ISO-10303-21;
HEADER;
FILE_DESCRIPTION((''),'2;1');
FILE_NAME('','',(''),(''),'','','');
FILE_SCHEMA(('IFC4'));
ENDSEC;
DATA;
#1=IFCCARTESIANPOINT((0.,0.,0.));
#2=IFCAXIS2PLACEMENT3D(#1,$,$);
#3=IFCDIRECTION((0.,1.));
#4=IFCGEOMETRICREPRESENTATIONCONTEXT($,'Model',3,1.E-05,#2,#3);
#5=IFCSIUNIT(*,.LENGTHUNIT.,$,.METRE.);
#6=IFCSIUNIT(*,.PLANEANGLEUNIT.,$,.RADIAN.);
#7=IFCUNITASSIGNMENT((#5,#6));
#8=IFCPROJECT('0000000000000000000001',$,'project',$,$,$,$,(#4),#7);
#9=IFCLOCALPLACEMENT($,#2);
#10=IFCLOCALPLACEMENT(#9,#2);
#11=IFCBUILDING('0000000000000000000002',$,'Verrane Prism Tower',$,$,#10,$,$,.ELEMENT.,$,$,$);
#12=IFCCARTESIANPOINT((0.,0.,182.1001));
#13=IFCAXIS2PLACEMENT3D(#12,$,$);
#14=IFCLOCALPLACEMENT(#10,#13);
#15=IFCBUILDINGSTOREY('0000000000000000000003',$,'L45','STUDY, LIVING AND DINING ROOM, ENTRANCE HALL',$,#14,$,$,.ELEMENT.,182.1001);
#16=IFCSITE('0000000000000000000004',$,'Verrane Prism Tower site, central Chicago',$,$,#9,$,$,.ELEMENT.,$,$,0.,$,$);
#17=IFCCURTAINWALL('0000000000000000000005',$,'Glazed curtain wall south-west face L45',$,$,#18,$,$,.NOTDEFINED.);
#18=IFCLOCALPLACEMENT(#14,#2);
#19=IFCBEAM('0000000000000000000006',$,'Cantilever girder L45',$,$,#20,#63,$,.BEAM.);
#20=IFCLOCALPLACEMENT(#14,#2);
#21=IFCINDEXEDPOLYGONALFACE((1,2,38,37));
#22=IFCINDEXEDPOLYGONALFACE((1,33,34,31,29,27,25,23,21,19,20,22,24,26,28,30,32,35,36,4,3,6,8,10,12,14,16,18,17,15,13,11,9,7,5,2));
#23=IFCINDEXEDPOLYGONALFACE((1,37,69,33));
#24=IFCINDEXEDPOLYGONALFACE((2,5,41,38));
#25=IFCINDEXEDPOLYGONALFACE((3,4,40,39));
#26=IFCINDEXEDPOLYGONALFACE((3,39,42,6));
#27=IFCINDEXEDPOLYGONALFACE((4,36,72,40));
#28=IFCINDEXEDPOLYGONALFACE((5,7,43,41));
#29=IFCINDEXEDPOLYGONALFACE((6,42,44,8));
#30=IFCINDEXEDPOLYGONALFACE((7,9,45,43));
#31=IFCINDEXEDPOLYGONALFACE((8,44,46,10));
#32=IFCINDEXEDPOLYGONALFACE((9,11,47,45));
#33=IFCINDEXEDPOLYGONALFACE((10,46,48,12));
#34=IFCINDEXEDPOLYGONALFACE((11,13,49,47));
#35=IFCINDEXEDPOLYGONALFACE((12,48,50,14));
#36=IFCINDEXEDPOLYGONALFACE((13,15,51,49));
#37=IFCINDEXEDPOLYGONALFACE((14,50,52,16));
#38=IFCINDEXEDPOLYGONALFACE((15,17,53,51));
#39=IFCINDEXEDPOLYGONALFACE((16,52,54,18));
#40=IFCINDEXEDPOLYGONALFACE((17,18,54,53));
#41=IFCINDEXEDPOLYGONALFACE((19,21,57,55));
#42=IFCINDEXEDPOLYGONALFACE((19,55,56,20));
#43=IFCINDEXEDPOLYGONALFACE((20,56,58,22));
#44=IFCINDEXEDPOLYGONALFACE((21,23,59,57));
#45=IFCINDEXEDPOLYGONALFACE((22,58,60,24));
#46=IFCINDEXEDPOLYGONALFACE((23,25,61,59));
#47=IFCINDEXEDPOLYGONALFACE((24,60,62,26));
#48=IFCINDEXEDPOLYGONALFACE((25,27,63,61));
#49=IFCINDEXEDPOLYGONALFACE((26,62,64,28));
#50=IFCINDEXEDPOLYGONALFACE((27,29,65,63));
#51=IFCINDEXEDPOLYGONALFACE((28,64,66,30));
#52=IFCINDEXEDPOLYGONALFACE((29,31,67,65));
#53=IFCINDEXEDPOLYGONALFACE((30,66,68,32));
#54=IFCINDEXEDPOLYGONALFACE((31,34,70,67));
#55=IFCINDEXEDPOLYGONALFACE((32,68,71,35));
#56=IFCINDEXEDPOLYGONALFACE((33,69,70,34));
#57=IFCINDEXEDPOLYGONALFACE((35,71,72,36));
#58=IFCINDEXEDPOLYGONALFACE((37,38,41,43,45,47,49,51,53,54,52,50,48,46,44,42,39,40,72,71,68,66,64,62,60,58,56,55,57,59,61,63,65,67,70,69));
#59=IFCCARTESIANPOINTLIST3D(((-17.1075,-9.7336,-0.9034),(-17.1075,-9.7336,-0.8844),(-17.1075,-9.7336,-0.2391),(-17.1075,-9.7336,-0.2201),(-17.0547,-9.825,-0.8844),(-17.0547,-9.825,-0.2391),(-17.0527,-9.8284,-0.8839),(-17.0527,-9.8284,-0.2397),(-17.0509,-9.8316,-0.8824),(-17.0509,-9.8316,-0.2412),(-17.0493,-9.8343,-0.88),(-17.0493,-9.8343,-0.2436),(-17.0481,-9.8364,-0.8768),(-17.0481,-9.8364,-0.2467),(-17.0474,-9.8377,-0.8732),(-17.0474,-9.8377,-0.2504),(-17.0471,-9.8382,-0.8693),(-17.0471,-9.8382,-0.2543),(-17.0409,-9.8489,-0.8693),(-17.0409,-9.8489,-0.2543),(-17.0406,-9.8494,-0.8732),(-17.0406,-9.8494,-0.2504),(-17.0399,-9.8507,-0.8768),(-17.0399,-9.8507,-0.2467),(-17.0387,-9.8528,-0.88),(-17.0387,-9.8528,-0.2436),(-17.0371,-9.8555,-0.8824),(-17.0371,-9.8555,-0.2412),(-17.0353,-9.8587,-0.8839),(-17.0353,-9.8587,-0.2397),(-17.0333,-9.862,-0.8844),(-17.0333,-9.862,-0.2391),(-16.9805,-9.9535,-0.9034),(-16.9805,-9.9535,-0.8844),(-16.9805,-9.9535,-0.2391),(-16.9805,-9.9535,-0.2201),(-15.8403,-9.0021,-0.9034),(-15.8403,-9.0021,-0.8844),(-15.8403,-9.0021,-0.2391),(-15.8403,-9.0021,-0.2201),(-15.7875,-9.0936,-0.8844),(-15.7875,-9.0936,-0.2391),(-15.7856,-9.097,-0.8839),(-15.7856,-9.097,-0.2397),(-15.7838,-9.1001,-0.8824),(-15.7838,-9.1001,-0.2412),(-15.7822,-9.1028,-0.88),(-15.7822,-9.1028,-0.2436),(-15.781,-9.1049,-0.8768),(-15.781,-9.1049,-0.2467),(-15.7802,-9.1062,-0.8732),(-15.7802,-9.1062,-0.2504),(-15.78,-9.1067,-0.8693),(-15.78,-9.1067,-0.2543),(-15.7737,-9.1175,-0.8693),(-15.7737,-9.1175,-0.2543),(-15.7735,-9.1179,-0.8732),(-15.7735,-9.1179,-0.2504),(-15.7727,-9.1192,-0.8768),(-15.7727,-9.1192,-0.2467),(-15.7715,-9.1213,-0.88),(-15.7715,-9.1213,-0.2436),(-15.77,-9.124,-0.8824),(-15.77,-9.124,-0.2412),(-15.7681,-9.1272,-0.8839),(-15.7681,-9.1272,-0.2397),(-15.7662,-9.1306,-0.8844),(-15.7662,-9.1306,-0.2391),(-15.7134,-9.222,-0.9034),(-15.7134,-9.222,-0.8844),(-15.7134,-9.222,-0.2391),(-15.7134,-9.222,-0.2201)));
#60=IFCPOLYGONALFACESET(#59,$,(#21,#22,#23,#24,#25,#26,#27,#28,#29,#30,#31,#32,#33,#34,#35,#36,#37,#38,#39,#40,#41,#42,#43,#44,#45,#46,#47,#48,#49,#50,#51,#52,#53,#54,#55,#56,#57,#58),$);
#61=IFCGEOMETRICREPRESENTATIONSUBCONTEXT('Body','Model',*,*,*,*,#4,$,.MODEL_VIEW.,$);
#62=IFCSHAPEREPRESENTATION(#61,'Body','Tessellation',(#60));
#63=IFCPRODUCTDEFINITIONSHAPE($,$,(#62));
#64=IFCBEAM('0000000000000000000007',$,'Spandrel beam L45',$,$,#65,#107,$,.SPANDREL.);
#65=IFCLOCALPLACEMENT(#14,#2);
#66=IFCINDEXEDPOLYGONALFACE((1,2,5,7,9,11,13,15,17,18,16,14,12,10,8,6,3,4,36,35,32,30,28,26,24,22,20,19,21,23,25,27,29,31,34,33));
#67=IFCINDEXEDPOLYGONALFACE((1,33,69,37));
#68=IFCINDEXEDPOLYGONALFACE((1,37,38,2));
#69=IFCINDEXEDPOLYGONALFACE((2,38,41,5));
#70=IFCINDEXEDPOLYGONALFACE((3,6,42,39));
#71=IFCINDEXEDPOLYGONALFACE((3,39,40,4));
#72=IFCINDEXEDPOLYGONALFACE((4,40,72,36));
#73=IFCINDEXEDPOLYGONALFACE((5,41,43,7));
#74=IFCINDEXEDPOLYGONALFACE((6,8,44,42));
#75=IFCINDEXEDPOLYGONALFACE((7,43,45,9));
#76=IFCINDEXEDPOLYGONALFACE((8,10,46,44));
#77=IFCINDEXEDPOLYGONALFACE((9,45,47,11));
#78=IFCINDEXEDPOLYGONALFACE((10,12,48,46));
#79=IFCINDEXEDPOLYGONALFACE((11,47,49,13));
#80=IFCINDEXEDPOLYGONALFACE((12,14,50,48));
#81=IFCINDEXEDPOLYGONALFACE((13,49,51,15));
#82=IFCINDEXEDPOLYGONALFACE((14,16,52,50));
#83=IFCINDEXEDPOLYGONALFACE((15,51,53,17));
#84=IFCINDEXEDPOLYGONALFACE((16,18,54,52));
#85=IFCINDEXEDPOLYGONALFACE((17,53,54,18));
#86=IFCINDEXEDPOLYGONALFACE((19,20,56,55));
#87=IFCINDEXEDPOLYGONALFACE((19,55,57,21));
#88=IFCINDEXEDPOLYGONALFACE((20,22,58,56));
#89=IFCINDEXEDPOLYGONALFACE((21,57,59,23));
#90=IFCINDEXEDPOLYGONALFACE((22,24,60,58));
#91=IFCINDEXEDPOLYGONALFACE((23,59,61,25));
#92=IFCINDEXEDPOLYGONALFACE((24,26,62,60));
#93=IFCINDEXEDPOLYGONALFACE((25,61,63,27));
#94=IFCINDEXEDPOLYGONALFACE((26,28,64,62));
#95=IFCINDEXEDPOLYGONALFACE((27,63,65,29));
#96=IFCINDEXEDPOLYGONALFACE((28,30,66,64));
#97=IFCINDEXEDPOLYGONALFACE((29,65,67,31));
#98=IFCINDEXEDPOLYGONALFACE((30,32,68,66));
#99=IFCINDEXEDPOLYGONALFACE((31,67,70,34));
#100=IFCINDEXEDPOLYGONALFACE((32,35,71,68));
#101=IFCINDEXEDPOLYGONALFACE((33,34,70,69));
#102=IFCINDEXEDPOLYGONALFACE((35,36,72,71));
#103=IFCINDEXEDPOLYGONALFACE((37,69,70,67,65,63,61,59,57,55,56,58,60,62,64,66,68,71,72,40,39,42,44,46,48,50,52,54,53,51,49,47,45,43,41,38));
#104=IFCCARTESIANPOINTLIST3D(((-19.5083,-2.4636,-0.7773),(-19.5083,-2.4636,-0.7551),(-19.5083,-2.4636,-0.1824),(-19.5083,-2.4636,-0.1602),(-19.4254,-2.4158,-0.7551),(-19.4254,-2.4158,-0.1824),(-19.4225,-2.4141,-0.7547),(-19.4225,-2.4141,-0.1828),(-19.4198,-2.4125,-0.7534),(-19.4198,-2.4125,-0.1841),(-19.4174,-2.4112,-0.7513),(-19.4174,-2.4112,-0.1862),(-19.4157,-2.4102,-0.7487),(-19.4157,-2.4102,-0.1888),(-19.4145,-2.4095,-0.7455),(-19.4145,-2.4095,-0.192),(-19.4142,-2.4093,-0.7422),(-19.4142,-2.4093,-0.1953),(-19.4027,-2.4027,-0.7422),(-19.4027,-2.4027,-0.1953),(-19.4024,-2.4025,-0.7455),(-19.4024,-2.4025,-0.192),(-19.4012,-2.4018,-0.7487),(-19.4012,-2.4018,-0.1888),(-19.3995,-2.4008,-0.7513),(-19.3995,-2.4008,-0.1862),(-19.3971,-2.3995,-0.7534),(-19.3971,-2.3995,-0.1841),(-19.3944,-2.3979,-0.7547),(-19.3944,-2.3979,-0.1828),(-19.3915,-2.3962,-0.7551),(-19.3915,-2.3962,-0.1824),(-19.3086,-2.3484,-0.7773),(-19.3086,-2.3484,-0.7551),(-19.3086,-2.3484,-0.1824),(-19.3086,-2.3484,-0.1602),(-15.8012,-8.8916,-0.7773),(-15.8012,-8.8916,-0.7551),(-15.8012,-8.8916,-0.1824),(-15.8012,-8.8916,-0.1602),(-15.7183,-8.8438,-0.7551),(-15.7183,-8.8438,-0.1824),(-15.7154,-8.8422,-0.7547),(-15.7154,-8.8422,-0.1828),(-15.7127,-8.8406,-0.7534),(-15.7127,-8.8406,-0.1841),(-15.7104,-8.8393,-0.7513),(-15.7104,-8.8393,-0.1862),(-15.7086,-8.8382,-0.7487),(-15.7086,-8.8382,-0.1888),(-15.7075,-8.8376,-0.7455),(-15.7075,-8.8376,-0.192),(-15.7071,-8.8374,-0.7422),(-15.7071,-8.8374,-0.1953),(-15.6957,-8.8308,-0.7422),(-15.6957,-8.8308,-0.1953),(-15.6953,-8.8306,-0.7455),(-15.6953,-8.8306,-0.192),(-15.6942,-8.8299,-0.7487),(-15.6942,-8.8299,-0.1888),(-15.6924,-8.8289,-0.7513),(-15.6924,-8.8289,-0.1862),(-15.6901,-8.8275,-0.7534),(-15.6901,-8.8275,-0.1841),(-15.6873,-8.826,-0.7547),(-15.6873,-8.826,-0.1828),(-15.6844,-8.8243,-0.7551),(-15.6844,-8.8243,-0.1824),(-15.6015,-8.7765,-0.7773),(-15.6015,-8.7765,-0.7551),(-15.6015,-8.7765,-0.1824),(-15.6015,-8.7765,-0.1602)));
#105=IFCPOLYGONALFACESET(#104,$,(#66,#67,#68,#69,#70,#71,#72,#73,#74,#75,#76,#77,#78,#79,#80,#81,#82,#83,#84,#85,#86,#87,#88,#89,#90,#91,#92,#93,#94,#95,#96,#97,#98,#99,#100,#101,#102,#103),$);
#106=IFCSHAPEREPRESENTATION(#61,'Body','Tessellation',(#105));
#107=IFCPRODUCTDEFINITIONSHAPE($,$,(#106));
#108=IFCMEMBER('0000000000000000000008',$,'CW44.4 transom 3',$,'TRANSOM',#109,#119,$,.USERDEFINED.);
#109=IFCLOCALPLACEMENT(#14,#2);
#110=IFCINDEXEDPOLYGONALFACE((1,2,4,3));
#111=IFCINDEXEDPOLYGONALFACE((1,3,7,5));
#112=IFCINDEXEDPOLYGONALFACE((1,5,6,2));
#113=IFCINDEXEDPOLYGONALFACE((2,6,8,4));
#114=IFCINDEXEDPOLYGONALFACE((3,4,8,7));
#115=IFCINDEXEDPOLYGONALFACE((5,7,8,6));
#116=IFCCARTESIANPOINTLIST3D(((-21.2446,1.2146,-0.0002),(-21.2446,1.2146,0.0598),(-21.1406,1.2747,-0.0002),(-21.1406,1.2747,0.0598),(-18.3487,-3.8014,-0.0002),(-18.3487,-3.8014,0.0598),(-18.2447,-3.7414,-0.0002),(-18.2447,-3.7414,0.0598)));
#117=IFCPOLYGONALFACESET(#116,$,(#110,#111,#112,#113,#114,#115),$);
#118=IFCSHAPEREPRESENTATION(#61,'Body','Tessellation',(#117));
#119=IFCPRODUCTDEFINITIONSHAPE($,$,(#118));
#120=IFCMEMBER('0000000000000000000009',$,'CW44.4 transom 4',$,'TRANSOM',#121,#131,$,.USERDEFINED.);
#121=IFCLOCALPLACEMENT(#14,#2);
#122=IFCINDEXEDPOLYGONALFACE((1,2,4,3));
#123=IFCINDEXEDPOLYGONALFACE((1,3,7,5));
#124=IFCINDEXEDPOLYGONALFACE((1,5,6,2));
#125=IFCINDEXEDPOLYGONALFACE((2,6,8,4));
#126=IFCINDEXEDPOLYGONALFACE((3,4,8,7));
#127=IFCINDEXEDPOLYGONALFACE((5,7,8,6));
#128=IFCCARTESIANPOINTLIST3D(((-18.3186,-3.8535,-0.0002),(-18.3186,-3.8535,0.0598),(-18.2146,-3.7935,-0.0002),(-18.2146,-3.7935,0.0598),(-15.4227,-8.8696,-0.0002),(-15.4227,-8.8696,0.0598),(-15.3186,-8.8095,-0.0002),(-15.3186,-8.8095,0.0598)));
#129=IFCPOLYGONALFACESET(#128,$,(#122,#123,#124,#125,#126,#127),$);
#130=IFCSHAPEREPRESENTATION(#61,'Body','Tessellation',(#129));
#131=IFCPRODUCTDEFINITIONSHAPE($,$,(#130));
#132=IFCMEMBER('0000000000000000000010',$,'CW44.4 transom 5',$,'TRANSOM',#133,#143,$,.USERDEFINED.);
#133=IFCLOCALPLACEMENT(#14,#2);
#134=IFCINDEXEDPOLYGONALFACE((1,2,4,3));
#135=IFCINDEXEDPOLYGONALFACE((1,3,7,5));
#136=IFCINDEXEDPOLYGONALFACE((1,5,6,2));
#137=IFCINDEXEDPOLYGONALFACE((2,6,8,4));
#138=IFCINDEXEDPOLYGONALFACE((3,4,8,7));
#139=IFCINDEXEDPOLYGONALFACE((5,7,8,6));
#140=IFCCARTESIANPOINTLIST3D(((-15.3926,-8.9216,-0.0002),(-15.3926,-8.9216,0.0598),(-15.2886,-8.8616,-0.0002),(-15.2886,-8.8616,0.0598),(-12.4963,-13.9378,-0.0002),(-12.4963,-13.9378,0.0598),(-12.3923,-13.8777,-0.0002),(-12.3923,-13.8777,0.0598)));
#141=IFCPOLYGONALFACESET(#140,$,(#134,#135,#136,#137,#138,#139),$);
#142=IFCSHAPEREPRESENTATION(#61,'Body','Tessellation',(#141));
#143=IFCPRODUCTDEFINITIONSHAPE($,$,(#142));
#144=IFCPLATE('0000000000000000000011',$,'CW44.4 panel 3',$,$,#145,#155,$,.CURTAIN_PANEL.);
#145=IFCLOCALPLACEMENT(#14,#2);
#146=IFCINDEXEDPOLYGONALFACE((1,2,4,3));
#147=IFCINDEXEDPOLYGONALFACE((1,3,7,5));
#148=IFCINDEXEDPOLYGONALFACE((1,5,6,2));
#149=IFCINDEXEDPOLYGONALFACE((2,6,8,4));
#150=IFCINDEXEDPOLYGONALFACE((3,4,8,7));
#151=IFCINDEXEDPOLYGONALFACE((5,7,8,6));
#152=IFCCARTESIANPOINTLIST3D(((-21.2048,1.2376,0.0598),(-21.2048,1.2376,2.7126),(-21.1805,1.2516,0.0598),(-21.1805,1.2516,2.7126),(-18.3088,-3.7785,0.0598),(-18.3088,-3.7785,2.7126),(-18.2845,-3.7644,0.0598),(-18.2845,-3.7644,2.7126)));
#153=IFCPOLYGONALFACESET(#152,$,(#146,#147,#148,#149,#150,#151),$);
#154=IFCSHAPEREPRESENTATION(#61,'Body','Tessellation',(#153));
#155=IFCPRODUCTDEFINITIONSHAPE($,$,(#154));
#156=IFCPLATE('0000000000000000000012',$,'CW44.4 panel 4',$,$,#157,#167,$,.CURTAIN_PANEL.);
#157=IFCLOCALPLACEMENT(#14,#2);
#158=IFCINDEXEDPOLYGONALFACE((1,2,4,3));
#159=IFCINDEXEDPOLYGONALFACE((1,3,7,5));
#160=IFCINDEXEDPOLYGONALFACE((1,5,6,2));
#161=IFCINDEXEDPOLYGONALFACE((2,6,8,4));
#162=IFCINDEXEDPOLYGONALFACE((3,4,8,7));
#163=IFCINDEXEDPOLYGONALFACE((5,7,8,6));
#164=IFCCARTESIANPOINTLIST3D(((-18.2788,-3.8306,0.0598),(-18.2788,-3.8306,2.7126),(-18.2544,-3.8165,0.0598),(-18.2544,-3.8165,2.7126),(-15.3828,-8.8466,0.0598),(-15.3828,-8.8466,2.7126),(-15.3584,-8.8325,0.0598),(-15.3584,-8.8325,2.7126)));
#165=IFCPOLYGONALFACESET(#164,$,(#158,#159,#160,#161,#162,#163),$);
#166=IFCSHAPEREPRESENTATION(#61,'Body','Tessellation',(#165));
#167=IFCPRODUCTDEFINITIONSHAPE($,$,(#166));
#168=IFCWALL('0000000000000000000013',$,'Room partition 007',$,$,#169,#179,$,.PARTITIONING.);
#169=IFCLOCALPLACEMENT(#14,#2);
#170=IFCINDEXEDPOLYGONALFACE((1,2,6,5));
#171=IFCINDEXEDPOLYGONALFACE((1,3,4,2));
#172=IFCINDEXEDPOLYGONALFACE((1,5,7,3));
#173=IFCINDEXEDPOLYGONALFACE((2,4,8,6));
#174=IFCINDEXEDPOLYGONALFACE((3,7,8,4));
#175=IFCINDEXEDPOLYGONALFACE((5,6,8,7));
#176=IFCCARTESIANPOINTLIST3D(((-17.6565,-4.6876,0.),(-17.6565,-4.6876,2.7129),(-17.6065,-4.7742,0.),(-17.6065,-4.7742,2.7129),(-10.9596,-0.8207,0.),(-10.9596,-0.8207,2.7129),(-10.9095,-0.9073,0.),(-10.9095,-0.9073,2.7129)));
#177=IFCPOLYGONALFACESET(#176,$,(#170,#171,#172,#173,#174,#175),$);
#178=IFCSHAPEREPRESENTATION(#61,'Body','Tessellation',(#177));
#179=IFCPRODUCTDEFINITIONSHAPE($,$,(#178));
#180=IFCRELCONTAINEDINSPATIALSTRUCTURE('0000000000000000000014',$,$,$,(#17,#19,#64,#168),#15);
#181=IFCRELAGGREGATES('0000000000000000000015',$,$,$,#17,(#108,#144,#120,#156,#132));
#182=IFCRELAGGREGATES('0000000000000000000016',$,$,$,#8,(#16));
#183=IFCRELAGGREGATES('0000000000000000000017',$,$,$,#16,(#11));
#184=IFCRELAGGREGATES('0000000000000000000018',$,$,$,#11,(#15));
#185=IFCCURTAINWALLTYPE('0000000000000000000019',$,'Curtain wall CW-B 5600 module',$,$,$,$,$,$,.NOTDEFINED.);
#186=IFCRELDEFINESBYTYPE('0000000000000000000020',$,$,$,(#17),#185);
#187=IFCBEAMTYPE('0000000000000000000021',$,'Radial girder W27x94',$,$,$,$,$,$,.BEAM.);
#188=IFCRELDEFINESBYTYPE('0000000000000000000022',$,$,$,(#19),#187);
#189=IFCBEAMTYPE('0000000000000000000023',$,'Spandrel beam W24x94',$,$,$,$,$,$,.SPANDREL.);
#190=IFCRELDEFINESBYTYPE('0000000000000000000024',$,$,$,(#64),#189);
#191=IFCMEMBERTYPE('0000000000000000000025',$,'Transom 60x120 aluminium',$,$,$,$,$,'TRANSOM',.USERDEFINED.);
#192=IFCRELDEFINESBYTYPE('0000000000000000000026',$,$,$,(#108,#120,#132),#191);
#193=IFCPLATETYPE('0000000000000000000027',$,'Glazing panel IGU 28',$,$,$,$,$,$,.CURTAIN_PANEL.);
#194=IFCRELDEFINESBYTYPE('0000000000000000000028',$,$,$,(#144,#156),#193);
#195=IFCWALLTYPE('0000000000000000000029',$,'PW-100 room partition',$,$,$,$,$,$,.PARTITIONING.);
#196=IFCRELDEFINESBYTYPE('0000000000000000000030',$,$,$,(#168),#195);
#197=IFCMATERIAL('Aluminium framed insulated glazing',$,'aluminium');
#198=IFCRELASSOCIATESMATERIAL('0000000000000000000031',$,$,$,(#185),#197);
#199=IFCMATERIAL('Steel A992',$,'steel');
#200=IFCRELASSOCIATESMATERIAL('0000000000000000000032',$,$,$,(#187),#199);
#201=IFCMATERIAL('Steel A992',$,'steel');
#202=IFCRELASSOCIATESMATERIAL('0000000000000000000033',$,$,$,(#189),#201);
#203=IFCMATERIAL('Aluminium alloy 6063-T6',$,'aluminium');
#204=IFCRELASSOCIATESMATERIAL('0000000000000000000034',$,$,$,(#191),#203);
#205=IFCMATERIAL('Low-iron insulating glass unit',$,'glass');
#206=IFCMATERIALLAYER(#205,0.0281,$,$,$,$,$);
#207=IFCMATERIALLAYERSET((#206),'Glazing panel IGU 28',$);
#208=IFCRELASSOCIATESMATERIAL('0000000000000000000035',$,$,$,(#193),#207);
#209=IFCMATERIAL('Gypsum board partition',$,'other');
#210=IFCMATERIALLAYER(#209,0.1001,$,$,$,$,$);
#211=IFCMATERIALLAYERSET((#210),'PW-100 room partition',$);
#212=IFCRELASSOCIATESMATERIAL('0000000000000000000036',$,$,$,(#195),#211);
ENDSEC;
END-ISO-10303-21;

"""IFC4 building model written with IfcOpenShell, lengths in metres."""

from ifc_helpers import new_model, si_unit, direction, frame, frame_2d, origin, origin_2d, place, context, subcontext, project, spatial, rectangle, i_section, extrude, material, layer, layer_set, material_profile, profile_set, type_object, element, aggregate, save


model = new_model("IFC4")

# Units and contexts
model_context = context("Model", 3, precision=1e-05, world=origin(), true_north=direction((0.0, 1.0)))
body_context = subcontext(model_context, "Body", "Model", "MODEL_VIEW")
ifc_project = project(units=[si_unit("LENGTHUNIT", "METRE"), si_unit("PLANEANGLEUNIT", "RADIAN")], contexts=[model_context])

# Site, building, storey
site_placement = place(None, origin())
site = spatial("IfcSite", under=ifc_project, at=site_placement, Name="Verrane Prism Tower site, central Chicago", CompositionType="ELEMENT", RefElevation=0.0)
building_placement = place(site_placement, origin())
building = spatial("IfcBuilding", under=site, at=building_placement, Name="Verrane Prism Tower", CompositionType="ELEMENT")
storey_placement = place(building_placement, frame((0.0, 0.0, 182.1001)))
storey = spatial("IfcBuildingStorey", under=building, at=storey_placement, Name="L45", Description="STUDY, LIVING AND DINING ROOM, ENTRANCE HALL", CompositionType="ELEMENT", Elevation=182.1001)

# Curtain wall
ifc_material_1 = material(Name="Aluminium framed insulated glazing", Category="aluminium")
curtain_wall_type = type_object("IfcCurtainWallType", Name="Curtain wall CW-B 5600 module", PredefinedType="NOTDEFINED", material=ifc_material_1)
curtain_wall_placement = place(storey_placement, origin())
curtain_wall = element("IfcCurtainWall", 1, at=curtain_wall_placement, inside=storey, type_object=curtain_wall_type, Name="Glazed curtain wall south-west face L45", PredefinedType="NOTDEFINED")

# Beams
ifc_material_2 = material(Name="Steel A992", Category="steel")
ifc_material_profile_1 = material_profile(ifc_material_2, i_section(OverallWidth=0.2539, OverallDepth=0.6833, WebThickness=0.0125, FlangeThickness=0.019, FilletRadius=0.0151, at=origin_2d()), Name="W27x94")
ifc_profile_set_1 = profile_set([ifc_material_profile_1], Name="Steel A992")
beam_type_1 = type_object("IfcBeamType", Name="Radial girder W27x94", PredefinedType="BEAM", material=ifc_profile_set_1)
beam_1_placement = place(storey_placement, frame((-15.7769, -9.1121, -0.5618), z_axis=(-0.866058, -0.499944, 0.0), x_axis=(0.499944, -0.866058, 0.0)))
element("IfcBeam", 2, at=beam_1_placement, inside=storey, type_object=beam_type_1, Name="Cantilever girder L45", PredefinedType="BEAM", context=body_context, shape_type="SweptSolid", body=[
    extrude(i_section(OverallWidth=0.2539, OverallDepth=0.6833, WebThickness=0.0125, FlangeThickness=0.019, FilletRadius=0.0151, at=origin_2d()), origin(), (0.0, 0.0, 1.0), 1.4631),
])
ifc_material_3 = material(Name="Steel A992", Category="steel")
ifc_material_profile_2 = material_profile(ifc_material_3, i_section(OverallWidth=0.2305, OverallDepth=0.6172, WebThickness=0.0132, FlangeThickness=0.0222, FilletRadius=0.0129, at=origin_2d()), Name="W24x94")
ifc_profile_set_2 = profile_set([ifc_material_profile_2], Name="Steel A992")
beam_type_2 = type_object("IfcBeamType", Name="Spandrel beam W24x94", PredefinedType="SPANDREL", material=ifc_profile_set_2)
beam_2_placement = place(storey_placement, frame((-19.4084, -2.406, -0.4688), z_axis=(0.499579, -0.866268, 0.0), x_axis=(0.866268, 0.499579, 0.0)))
element("IfcBeam", 3, at=beam_2_placement, inside=storey, type_object=beam_type_2, Name="Spandrel beam L45", PredefinedType="SPANDREL", context=body_context, shape_type="SweptSolid", body=[
    extrude(i_section(OverallWidth=0.2305, OverallDepth=0.6172, WebThickness=0.0132, FlangeThickness=0.0222, FilletRadius=0.0129, at=origin_2d()), origin(), (0.0, 0.0, 1.0), 7.4204),
])

# Members
ifc_material_4 = material(Name="Aluminium alloy 6063-T6", Category="aluminium")
ifc_material_profile_3 = material_profile(ifc_material_4, rectangle(XDim=0.1201, YDim=0.0601, at=origin_2d()), Name="Transom 60x120 aluminium")
ifc_profile_set_3 = profile_set([ifc_material_profile_3], Name="Aluminium alloy 6063-T6")
member_type_1 = type_object("IfcMemberType", Name="Transom 60x120 aluminium", ElementType="TRANSOM", PredefinedType="USERDEFINED", material=ifc_profile_set_3)
member_1_placement = place(storey_placement, frame((-21.1926, 1.2446, 0.0298), z_axis=(0.499992, -0.86603, 0.0), x_axis=(0.86603, 0.499992, 0.0)))
member_1 = element("IfcMember", 4, at=member_1_placement, type_object=member_type_1, Name="CW44.4 transom 3", ObjectType="TRANSOM", PredefinedType="USERDEFINED", context=body_context, shape_type="SweptSolid", body=[
    extrude(rectangle(XDim=0.1201, YDim=0.0601, at=origin_2d()), origin(), (0.0, 0.0, 1.0), 5.792),
])
member_2_placement = place(storey_placement, frame((-18.2666, -3.8235, 0.0298), z_axis=(0.499992, -0.86603, 0.0), x_axis=(0.86603, 0.499992, 0.0)))
member_2 = element("IfcMember", 5, at=member_2_placement, type_object=member_type_1, Name="CW44.4 transom 4", ObjectType="TRANSOM", PredefinedType="USERDEFINED", context=body_context, shape_type="SweptSolid", body=[
    extrude(rectangle(XDim=0.1201, YDim=0.0601, at=origin_2d()), origin(), (0.0, 0.0, 1.0), 5.792),
])
member_3_placement = place(storey_placement, frame((-15.3406, -8.8916, 0.0298), z_axis=(0.500024, -0.866012, 0.0), x_axis=(0.866012, 0.500024, 0.0)))
member_3 = element("IfcMember", 6, at=member_3_placement, type_object=member_type_1, Name="CW44.4 transom 5", ObjectType="TRANSOM", PredefinedType="USERDEFINED", context=body_context, shape_type="SweptSolid", body=[
    extrude(rectangle(XDim=0.1201, YDim=0.0601, at=origin_2d()), origin(), (0.0, 0.0, 1.0), 5.7922),
])

# Plates
ifc_material_5 = material(Name="Low-iron insulating glass unit", Category="glass")
ifc_layer_1 = layer(ifc_material_5, 0.0281)
ifc_layer_set_1 = layer_set([ifc_layer_1], Name="Glazing panel IGU 28")
plate_type = type_object("IfcPlateType", Name="Glazing panel IGU 28", PredefinedType="CURTAIN_PANEL", material=ifc_layer_set_1)
plate_1_placement = place(storey_placement, frame((-19.7446, -1.2634, 0.0598), z_axis=(0.0, 0.0, 1.0), x_axis=(0.499999, -0.866026, 0.0)))
plate_1 = element("IfcPlate", 7, at=plate_1_placement, type_object=plate_type, Name="CW44.4 panel 3", PredefinedType="CURTAIN_PANEL", context=body_context, shape_type="SweptSolid", body=[
    extrude(rectangle(XDim=5.792, YDim=0.0281, at=origin_2d()), origin(), (0.0, 0.0, 1.0), 2.6528),
])
plate_2_placement = place(storey_placement, frame((-16.8186, -6.3315, 0.0598), z_axis=(0.0, 0.0, 1.0), x_axis=(0.499999, -0.866026, 0.0)))
plate_2 = element("IfcPlate", 8, at=plate_2_placement, type_object=plate_type, Name="CW44.4 panel 4", PredefinedType="CURTAIN_PANEL", context=body_context, shape_type="SweptSolid", body=[
    extrude(rectangle(XDim=5.792, YDim=0.0281, at=origin_2d()), origin(), (0.0, 0.0, 1.0), 2.6528),
])
aggregate(curtain_wall, [member_1, plate_1, member_2, plate_2, member_3])

# Wall
ifc_material_6 = material(Name="Gypsum board partition", Category="other")
ifc_layer_2 = layer(ifc_material_6, 0.1001)
ifc_layer_set_2 = layer_set([ifc_layer_2], Name="PW-100 room partition")
wall_type_1 = type_object("IfcWallType", Name="PW-100 room partition", PredefinedType="PARTITIONING", material=ifc_layer_set_2)
wall_1_placement = place(storey_placement, frame((-17.6316, -4.731, 0.0), z_axis=(0.0, 0.0, 1.0), x_axis=(0.866002, 0.50004, 0.0)))
element("IfcWall", 9, at=wall_1_placement, inside=storey, type_object=wall_type_1, Name="Room partition 007", PredefinedType="PARTITIONING", context=body_context, shape_type="SweptSolid", body=[
    extrude(rectangle(XDim=7.7332, YDim=0.1001, at=frame_2d((3.8667, 0.0))), origin(), (0.0, 0.0, 1.0), 2.7129),
])

save(model, "model.ifc")
